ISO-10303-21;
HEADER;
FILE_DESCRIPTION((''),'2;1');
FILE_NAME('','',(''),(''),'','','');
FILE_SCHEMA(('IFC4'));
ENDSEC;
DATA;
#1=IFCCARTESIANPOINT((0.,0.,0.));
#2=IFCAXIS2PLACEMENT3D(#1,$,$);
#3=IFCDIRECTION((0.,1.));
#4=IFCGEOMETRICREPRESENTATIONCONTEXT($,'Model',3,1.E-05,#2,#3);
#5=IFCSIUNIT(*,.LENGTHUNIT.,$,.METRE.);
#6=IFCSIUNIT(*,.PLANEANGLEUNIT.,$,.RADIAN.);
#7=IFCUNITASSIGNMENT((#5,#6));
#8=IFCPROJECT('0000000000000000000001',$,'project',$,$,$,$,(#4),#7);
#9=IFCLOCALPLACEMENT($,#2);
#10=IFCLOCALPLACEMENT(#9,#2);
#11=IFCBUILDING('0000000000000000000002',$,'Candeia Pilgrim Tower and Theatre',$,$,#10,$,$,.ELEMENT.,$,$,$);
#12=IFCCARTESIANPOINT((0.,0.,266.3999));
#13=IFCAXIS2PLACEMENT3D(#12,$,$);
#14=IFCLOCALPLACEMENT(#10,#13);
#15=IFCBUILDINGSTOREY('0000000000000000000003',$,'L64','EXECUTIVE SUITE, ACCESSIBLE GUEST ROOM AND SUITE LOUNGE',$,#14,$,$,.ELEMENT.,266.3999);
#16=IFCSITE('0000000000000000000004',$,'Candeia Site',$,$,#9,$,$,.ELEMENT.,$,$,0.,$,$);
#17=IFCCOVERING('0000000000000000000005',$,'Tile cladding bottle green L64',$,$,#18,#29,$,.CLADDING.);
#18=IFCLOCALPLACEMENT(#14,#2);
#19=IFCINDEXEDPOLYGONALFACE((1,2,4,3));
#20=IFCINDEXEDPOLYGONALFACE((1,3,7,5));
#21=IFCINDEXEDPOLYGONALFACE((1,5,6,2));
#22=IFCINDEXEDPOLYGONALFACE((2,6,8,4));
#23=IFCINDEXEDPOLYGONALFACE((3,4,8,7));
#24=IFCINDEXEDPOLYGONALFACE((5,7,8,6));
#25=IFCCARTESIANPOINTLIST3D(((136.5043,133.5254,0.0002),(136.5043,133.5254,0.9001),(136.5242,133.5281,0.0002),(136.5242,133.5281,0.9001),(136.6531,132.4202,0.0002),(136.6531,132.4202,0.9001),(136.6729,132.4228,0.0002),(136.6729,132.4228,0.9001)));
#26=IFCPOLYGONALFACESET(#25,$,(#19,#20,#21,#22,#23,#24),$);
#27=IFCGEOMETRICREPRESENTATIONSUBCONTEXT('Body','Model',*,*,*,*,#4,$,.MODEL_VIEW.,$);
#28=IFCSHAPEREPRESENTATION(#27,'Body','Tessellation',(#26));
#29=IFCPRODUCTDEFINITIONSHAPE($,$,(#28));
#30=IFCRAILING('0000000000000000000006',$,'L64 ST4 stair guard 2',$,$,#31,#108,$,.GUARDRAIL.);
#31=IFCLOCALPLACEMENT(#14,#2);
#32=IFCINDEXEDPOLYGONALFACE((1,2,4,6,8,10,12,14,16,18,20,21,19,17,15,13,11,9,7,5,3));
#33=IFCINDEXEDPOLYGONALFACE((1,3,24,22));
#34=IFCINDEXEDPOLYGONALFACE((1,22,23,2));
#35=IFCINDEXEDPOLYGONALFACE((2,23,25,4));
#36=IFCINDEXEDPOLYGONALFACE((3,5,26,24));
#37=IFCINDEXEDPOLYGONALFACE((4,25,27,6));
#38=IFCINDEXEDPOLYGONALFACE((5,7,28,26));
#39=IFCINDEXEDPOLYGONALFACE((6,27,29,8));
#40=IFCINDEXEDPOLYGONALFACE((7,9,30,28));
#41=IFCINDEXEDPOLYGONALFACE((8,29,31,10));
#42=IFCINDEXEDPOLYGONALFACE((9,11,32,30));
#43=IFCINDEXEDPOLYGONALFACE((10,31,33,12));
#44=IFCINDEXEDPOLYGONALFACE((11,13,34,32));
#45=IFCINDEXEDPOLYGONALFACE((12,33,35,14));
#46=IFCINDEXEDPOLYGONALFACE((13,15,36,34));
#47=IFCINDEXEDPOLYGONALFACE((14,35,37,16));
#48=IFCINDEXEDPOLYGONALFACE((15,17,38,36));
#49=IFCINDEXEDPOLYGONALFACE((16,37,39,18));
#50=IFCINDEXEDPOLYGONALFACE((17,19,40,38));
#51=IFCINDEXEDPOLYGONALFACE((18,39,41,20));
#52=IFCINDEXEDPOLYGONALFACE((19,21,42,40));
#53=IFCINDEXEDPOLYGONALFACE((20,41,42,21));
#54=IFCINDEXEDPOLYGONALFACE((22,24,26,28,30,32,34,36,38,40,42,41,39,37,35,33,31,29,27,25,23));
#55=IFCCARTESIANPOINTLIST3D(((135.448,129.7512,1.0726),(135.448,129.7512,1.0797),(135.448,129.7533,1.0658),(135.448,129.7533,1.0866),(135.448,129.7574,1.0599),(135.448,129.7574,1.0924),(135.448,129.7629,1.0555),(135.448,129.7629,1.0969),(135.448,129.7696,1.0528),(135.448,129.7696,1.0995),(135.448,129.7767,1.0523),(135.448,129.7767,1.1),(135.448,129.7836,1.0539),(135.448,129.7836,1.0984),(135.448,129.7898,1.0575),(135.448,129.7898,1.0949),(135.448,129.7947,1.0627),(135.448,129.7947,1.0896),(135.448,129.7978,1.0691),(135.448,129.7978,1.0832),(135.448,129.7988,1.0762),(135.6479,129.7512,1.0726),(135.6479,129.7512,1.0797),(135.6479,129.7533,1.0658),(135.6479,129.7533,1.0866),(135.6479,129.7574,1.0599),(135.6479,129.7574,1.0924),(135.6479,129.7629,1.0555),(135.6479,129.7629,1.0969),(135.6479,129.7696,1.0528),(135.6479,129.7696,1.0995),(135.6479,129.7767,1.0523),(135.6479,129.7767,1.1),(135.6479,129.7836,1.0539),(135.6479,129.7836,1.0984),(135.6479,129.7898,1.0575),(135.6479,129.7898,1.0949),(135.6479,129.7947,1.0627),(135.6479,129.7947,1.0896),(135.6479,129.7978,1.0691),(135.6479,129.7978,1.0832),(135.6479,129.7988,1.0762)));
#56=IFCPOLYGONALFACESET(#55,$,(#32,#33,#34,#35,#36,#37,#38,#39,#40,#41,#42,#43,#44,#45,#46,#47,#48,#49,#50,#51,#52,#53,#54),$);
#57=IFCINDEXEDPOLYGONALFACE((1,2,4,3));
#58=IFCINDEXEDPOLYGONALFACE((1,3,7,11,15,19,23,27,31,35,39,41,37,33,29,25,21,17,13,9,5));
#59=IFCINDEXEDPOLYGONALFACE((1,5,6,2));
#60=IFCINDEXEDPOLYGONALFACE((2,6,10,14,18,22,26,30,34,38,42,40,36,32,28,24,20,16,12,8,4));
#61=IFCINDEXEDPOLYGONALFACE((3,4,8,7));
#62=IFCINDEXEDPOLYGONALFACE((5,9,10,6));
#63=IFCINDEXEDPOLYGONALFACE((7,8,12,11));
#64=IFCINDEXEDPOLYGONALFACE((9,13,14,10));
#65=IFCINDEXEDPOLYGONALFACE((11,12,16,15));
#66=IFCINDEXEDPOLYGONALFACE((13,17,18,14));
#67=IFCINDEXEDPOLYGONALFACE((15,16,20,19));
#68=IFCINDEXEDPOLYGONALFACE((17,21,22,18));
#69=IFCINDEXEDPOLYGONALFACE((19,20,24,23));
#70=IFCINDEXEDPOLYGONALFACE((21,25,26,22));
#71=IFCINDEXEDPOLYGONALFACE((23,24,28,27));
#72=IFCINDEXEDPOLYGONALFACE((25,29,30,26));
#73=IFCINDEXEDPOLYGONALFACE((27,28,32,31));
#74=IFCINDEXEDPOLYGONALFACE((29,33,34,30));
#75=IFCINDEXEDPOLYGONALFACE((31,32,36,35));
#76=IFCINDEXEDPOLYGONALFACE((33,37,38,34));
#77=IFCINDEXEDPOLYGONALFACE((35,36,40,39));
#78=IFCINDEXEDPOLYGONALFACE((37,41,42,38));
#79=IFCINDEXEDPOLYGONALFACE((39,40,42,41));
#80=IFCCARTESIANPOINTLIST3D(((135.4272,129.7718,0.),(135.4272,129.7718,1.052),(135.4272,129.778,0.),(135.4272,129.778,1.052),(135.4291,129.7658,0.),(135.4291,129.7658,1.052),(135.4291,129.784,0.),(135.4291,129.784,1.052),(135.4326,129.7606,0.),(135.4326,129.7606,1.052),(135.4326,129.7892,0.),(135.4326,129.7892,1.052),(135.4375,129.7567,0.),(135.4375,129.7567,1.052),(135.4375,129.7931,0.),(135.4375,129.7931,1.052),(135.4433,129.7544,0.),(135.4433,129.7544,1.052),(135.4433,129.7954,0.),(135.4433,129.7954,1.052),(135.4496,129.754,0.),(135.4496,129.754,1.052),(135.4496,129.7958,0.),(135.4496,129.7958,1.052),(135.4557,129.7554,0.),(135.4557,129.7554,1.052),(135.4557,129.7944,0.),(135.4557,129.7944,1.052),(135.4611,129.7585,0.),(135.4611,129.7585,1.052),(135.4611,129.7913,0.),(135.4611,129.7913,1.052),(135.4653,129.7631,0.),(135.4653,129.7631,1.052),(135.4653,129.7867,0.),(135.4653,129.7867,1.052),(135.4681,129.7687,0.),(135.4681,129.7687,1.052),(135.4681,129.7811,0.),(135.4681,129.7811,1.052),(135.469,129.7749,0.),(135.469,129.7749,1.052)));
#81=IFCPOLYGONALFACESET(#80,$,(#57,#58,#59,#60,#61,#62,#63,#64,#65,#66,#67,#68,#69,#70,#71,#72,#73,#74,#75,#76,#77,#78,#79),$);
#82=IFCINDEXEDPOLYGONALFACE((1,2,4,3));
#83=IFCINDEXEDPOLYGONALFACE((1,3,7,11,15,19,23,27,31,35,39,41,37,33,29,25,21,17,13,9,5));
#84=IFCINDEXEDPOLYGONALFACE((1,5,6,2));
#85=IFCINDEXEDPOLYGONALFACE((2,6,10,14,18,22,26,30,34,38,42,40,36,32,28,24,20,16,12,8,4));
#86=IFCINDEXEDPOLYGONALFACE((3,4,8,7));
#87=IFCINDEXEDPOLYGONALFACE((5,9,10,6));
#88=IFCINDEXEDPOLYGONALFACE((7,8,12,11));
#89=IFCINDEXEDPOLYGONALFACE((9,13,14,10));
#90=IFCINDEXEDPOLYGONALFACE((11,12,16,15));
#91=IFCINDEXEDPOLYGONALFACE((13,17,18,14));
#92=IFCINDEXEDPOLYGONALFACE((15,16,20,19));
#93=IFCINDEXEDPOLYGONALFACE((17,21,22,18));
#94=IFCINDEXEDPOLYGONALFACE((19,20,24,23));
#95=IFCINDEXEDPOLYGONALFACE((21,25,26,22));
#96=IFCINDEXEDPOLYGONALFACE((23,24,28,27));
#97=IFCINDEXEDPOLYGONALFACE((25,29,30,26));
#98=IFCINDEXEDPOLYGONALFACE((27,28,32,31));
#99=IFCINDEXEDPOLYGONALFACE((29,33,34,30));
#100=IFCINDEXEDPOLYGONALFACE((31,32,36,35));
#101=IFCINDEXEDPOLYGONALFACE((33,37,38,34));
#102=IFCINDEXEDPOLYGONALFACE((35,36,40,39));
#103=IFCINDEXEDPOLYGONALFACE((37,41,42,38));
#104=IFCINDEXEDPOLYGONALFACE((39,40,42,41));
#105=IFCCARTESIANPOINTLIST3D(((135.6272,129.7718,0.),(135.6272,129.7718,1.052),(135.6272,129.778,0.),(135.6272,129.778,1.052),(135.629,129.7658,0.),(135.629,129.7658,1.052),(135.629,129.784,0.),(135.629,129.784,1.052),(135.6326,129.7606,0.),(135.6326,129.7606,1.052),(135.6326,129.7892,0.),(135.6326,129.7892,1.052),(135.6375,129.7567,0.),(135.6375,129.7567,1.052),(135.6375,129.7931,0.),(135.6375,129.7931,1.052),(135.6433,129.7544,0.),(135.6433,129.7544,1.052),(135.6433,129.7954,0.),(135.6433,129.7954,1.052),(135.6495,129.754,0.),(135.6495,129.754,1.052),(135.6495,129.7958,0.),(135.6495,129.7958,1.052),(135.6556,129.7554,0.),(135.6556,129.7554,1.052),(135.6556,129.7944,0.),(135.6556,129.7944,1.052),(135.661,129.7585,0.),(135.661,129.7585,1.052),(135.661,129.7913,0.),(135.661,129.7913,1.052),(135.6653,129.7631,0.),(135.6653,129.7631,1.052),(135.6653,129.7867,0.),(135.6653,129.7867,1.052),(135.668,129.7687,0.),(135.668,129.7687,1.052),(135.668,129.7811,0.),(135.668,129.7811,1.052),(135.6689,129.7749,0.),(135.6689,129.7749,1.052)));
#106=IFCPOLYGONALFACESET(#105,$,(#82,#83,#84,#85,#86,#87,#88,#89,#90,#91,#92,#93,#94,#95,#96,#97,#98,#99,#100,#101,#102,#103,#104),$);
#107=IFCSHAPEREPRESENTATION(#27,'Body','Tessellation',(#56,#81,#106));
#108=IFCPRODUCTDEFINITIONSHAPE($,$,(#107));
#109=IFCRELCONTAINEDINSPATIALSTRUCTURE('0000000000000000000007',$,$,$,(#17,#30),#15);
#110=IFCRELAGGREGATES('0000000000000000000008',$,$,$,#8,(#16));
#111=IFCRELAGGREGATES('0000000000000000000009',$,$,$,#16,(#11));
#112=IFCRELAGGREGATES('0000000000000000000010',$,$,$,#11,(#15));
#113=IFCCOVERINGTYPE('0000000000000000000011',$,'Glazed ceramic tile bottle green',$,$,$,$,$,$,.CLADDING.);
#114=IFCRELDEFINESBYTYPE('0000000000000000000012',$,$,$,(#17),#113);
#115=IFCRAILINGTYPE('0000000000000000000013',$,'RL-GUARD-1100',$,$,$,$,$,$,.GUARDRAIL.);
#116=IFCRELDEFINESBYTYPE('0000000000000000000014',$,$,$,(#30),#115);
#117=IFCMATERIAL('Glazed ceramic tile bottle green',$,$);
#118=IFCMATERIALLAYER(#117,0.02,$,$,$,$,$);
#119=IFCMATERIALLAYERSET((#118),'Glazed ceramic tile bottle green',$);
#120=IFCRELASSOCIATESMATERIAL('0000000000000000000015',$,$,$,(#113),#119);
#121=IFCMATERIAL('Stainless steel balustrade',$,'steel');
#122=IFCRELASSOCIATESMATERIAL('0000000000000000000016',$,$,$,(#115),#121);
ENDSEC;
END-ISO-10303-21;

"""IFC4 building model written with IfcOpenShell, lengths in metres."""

from ifc_helpers import new_model, si_unit, direction, frame, origin, origin_2d, place, context, subcontext, project, spatial, rectangle, circle, extrude, material, layer, layer_set, type_object, element, save


model = new_model("IFC4")

# Units and contexts
model_context = context("Model", 3, precision=1e-05, world=origin(), true_north=direction((0.0, 1.0)))
body_context = subcontext(model_context, "Body", "Model", "MODEL_VIEW")
ifc_project = project(units=[si_unit("LENGTHUNIT", "METRE"), si_unit("PLANEANGLEUNIT", "RADIAN")], contexts=[model_context])

# Site, building, storey
site_placement = place(None, origin())
site = spatial("IfcSite", under=ifc_project, at=site_placement, Name="Candeia Site", CompositionType="ELEMENT", RefElevation=0.0)
building_placement = place(site_placement, origin())
building = spatial("IfcBuilding", under=site, at=building_placement, Name="Candeia Pilgrim Tower and Theatre", CompositionType="ELEMENT")
storey_placement = place(building_placement, frame((0.0, 0.0, 266.3999)))
storey = spatial("IfcBuildingStorey", under=building, at=storey_placement, Name="L64", Description="EXECUTIVE SUITE, ACCESSIBLE GUEST ROOM AND SUITE LOUNGE", CompositionType="ELEMENT", Elevation=266.3999)

# Covering
ifc_material_1 = material(Name="Glazed ceramic tile bottle green")
ifc_layer_1 = layer(ifc_material_1, 0.02)
ifc_layer_set_1 = layer_set([ifc_layer_1], Name="Glazed ceramic tile bottle green")
covering_type = type_object("IfcCoveringType", Name="Glazed ceramic tile bottle green", PredefinedType="CLADDING", material=ifc_layer_set_1)
covering_placement = place(storey_placement, frame((136.5886, 132.9741, 0.0002), z_axis=(0.0, 0.0, 1.0), x_axis=(-0.133412, 0.991061, 0.0)))
element("IfcCovering", 1, at=covering_placement, inside=storey, type_object=covering_type, Name="Tile cladding bottle green L64", PredefinedType="CLADDING", context=body_context, shape_type="SweptSolid", body=[
    extrude(rectangle(XDim=1.1152, YDim=0.02, at=origin_2d()), origin(), (0.0, 0.0, 1.0), 0.8999),
])

# Railing
ifc_material_2 = material(Name="Stainless steel balustrade", Category="steel")
railing_type_1 = type_object("IfcRailingType", Name="RL-GUARD-1100", PredefinedType="GUARDRAIL", material=ifc_material_2)
railing_1_placement = place(storey_placement, frame((135.448, 129.7749, 0.0)))
element("IfcRailing", 2, at=railing_1_placement, inside=storey, type_object=railing_type_1, Name="L64 ST4 stair guard 2", PredefinedType="GUARDRAIL", context=body_context, shape_type="SweptSolid", body=[
    extrude(circle(Radius=0.0239, at=origin_2d()), frame((0.0, 0.0, 1.0762), z_axis=(1.0, 0.0, 0.0), x_axis=(0.0, 1.0, 0.0)), (0.0, 0.0, 1.0), 0.2),
    extrude(circle(Radius=0.021, at=origin_2d()), origin(), (0.0, 0.0, 1.0), 1.052),
    extrude(circle(Radius=0.021, at=origin_2d()), frame((0.2, 0.0, 0.0)), (0.0, 0.0, 1.0), 1.052),
])

save(model, "model.ifc")
